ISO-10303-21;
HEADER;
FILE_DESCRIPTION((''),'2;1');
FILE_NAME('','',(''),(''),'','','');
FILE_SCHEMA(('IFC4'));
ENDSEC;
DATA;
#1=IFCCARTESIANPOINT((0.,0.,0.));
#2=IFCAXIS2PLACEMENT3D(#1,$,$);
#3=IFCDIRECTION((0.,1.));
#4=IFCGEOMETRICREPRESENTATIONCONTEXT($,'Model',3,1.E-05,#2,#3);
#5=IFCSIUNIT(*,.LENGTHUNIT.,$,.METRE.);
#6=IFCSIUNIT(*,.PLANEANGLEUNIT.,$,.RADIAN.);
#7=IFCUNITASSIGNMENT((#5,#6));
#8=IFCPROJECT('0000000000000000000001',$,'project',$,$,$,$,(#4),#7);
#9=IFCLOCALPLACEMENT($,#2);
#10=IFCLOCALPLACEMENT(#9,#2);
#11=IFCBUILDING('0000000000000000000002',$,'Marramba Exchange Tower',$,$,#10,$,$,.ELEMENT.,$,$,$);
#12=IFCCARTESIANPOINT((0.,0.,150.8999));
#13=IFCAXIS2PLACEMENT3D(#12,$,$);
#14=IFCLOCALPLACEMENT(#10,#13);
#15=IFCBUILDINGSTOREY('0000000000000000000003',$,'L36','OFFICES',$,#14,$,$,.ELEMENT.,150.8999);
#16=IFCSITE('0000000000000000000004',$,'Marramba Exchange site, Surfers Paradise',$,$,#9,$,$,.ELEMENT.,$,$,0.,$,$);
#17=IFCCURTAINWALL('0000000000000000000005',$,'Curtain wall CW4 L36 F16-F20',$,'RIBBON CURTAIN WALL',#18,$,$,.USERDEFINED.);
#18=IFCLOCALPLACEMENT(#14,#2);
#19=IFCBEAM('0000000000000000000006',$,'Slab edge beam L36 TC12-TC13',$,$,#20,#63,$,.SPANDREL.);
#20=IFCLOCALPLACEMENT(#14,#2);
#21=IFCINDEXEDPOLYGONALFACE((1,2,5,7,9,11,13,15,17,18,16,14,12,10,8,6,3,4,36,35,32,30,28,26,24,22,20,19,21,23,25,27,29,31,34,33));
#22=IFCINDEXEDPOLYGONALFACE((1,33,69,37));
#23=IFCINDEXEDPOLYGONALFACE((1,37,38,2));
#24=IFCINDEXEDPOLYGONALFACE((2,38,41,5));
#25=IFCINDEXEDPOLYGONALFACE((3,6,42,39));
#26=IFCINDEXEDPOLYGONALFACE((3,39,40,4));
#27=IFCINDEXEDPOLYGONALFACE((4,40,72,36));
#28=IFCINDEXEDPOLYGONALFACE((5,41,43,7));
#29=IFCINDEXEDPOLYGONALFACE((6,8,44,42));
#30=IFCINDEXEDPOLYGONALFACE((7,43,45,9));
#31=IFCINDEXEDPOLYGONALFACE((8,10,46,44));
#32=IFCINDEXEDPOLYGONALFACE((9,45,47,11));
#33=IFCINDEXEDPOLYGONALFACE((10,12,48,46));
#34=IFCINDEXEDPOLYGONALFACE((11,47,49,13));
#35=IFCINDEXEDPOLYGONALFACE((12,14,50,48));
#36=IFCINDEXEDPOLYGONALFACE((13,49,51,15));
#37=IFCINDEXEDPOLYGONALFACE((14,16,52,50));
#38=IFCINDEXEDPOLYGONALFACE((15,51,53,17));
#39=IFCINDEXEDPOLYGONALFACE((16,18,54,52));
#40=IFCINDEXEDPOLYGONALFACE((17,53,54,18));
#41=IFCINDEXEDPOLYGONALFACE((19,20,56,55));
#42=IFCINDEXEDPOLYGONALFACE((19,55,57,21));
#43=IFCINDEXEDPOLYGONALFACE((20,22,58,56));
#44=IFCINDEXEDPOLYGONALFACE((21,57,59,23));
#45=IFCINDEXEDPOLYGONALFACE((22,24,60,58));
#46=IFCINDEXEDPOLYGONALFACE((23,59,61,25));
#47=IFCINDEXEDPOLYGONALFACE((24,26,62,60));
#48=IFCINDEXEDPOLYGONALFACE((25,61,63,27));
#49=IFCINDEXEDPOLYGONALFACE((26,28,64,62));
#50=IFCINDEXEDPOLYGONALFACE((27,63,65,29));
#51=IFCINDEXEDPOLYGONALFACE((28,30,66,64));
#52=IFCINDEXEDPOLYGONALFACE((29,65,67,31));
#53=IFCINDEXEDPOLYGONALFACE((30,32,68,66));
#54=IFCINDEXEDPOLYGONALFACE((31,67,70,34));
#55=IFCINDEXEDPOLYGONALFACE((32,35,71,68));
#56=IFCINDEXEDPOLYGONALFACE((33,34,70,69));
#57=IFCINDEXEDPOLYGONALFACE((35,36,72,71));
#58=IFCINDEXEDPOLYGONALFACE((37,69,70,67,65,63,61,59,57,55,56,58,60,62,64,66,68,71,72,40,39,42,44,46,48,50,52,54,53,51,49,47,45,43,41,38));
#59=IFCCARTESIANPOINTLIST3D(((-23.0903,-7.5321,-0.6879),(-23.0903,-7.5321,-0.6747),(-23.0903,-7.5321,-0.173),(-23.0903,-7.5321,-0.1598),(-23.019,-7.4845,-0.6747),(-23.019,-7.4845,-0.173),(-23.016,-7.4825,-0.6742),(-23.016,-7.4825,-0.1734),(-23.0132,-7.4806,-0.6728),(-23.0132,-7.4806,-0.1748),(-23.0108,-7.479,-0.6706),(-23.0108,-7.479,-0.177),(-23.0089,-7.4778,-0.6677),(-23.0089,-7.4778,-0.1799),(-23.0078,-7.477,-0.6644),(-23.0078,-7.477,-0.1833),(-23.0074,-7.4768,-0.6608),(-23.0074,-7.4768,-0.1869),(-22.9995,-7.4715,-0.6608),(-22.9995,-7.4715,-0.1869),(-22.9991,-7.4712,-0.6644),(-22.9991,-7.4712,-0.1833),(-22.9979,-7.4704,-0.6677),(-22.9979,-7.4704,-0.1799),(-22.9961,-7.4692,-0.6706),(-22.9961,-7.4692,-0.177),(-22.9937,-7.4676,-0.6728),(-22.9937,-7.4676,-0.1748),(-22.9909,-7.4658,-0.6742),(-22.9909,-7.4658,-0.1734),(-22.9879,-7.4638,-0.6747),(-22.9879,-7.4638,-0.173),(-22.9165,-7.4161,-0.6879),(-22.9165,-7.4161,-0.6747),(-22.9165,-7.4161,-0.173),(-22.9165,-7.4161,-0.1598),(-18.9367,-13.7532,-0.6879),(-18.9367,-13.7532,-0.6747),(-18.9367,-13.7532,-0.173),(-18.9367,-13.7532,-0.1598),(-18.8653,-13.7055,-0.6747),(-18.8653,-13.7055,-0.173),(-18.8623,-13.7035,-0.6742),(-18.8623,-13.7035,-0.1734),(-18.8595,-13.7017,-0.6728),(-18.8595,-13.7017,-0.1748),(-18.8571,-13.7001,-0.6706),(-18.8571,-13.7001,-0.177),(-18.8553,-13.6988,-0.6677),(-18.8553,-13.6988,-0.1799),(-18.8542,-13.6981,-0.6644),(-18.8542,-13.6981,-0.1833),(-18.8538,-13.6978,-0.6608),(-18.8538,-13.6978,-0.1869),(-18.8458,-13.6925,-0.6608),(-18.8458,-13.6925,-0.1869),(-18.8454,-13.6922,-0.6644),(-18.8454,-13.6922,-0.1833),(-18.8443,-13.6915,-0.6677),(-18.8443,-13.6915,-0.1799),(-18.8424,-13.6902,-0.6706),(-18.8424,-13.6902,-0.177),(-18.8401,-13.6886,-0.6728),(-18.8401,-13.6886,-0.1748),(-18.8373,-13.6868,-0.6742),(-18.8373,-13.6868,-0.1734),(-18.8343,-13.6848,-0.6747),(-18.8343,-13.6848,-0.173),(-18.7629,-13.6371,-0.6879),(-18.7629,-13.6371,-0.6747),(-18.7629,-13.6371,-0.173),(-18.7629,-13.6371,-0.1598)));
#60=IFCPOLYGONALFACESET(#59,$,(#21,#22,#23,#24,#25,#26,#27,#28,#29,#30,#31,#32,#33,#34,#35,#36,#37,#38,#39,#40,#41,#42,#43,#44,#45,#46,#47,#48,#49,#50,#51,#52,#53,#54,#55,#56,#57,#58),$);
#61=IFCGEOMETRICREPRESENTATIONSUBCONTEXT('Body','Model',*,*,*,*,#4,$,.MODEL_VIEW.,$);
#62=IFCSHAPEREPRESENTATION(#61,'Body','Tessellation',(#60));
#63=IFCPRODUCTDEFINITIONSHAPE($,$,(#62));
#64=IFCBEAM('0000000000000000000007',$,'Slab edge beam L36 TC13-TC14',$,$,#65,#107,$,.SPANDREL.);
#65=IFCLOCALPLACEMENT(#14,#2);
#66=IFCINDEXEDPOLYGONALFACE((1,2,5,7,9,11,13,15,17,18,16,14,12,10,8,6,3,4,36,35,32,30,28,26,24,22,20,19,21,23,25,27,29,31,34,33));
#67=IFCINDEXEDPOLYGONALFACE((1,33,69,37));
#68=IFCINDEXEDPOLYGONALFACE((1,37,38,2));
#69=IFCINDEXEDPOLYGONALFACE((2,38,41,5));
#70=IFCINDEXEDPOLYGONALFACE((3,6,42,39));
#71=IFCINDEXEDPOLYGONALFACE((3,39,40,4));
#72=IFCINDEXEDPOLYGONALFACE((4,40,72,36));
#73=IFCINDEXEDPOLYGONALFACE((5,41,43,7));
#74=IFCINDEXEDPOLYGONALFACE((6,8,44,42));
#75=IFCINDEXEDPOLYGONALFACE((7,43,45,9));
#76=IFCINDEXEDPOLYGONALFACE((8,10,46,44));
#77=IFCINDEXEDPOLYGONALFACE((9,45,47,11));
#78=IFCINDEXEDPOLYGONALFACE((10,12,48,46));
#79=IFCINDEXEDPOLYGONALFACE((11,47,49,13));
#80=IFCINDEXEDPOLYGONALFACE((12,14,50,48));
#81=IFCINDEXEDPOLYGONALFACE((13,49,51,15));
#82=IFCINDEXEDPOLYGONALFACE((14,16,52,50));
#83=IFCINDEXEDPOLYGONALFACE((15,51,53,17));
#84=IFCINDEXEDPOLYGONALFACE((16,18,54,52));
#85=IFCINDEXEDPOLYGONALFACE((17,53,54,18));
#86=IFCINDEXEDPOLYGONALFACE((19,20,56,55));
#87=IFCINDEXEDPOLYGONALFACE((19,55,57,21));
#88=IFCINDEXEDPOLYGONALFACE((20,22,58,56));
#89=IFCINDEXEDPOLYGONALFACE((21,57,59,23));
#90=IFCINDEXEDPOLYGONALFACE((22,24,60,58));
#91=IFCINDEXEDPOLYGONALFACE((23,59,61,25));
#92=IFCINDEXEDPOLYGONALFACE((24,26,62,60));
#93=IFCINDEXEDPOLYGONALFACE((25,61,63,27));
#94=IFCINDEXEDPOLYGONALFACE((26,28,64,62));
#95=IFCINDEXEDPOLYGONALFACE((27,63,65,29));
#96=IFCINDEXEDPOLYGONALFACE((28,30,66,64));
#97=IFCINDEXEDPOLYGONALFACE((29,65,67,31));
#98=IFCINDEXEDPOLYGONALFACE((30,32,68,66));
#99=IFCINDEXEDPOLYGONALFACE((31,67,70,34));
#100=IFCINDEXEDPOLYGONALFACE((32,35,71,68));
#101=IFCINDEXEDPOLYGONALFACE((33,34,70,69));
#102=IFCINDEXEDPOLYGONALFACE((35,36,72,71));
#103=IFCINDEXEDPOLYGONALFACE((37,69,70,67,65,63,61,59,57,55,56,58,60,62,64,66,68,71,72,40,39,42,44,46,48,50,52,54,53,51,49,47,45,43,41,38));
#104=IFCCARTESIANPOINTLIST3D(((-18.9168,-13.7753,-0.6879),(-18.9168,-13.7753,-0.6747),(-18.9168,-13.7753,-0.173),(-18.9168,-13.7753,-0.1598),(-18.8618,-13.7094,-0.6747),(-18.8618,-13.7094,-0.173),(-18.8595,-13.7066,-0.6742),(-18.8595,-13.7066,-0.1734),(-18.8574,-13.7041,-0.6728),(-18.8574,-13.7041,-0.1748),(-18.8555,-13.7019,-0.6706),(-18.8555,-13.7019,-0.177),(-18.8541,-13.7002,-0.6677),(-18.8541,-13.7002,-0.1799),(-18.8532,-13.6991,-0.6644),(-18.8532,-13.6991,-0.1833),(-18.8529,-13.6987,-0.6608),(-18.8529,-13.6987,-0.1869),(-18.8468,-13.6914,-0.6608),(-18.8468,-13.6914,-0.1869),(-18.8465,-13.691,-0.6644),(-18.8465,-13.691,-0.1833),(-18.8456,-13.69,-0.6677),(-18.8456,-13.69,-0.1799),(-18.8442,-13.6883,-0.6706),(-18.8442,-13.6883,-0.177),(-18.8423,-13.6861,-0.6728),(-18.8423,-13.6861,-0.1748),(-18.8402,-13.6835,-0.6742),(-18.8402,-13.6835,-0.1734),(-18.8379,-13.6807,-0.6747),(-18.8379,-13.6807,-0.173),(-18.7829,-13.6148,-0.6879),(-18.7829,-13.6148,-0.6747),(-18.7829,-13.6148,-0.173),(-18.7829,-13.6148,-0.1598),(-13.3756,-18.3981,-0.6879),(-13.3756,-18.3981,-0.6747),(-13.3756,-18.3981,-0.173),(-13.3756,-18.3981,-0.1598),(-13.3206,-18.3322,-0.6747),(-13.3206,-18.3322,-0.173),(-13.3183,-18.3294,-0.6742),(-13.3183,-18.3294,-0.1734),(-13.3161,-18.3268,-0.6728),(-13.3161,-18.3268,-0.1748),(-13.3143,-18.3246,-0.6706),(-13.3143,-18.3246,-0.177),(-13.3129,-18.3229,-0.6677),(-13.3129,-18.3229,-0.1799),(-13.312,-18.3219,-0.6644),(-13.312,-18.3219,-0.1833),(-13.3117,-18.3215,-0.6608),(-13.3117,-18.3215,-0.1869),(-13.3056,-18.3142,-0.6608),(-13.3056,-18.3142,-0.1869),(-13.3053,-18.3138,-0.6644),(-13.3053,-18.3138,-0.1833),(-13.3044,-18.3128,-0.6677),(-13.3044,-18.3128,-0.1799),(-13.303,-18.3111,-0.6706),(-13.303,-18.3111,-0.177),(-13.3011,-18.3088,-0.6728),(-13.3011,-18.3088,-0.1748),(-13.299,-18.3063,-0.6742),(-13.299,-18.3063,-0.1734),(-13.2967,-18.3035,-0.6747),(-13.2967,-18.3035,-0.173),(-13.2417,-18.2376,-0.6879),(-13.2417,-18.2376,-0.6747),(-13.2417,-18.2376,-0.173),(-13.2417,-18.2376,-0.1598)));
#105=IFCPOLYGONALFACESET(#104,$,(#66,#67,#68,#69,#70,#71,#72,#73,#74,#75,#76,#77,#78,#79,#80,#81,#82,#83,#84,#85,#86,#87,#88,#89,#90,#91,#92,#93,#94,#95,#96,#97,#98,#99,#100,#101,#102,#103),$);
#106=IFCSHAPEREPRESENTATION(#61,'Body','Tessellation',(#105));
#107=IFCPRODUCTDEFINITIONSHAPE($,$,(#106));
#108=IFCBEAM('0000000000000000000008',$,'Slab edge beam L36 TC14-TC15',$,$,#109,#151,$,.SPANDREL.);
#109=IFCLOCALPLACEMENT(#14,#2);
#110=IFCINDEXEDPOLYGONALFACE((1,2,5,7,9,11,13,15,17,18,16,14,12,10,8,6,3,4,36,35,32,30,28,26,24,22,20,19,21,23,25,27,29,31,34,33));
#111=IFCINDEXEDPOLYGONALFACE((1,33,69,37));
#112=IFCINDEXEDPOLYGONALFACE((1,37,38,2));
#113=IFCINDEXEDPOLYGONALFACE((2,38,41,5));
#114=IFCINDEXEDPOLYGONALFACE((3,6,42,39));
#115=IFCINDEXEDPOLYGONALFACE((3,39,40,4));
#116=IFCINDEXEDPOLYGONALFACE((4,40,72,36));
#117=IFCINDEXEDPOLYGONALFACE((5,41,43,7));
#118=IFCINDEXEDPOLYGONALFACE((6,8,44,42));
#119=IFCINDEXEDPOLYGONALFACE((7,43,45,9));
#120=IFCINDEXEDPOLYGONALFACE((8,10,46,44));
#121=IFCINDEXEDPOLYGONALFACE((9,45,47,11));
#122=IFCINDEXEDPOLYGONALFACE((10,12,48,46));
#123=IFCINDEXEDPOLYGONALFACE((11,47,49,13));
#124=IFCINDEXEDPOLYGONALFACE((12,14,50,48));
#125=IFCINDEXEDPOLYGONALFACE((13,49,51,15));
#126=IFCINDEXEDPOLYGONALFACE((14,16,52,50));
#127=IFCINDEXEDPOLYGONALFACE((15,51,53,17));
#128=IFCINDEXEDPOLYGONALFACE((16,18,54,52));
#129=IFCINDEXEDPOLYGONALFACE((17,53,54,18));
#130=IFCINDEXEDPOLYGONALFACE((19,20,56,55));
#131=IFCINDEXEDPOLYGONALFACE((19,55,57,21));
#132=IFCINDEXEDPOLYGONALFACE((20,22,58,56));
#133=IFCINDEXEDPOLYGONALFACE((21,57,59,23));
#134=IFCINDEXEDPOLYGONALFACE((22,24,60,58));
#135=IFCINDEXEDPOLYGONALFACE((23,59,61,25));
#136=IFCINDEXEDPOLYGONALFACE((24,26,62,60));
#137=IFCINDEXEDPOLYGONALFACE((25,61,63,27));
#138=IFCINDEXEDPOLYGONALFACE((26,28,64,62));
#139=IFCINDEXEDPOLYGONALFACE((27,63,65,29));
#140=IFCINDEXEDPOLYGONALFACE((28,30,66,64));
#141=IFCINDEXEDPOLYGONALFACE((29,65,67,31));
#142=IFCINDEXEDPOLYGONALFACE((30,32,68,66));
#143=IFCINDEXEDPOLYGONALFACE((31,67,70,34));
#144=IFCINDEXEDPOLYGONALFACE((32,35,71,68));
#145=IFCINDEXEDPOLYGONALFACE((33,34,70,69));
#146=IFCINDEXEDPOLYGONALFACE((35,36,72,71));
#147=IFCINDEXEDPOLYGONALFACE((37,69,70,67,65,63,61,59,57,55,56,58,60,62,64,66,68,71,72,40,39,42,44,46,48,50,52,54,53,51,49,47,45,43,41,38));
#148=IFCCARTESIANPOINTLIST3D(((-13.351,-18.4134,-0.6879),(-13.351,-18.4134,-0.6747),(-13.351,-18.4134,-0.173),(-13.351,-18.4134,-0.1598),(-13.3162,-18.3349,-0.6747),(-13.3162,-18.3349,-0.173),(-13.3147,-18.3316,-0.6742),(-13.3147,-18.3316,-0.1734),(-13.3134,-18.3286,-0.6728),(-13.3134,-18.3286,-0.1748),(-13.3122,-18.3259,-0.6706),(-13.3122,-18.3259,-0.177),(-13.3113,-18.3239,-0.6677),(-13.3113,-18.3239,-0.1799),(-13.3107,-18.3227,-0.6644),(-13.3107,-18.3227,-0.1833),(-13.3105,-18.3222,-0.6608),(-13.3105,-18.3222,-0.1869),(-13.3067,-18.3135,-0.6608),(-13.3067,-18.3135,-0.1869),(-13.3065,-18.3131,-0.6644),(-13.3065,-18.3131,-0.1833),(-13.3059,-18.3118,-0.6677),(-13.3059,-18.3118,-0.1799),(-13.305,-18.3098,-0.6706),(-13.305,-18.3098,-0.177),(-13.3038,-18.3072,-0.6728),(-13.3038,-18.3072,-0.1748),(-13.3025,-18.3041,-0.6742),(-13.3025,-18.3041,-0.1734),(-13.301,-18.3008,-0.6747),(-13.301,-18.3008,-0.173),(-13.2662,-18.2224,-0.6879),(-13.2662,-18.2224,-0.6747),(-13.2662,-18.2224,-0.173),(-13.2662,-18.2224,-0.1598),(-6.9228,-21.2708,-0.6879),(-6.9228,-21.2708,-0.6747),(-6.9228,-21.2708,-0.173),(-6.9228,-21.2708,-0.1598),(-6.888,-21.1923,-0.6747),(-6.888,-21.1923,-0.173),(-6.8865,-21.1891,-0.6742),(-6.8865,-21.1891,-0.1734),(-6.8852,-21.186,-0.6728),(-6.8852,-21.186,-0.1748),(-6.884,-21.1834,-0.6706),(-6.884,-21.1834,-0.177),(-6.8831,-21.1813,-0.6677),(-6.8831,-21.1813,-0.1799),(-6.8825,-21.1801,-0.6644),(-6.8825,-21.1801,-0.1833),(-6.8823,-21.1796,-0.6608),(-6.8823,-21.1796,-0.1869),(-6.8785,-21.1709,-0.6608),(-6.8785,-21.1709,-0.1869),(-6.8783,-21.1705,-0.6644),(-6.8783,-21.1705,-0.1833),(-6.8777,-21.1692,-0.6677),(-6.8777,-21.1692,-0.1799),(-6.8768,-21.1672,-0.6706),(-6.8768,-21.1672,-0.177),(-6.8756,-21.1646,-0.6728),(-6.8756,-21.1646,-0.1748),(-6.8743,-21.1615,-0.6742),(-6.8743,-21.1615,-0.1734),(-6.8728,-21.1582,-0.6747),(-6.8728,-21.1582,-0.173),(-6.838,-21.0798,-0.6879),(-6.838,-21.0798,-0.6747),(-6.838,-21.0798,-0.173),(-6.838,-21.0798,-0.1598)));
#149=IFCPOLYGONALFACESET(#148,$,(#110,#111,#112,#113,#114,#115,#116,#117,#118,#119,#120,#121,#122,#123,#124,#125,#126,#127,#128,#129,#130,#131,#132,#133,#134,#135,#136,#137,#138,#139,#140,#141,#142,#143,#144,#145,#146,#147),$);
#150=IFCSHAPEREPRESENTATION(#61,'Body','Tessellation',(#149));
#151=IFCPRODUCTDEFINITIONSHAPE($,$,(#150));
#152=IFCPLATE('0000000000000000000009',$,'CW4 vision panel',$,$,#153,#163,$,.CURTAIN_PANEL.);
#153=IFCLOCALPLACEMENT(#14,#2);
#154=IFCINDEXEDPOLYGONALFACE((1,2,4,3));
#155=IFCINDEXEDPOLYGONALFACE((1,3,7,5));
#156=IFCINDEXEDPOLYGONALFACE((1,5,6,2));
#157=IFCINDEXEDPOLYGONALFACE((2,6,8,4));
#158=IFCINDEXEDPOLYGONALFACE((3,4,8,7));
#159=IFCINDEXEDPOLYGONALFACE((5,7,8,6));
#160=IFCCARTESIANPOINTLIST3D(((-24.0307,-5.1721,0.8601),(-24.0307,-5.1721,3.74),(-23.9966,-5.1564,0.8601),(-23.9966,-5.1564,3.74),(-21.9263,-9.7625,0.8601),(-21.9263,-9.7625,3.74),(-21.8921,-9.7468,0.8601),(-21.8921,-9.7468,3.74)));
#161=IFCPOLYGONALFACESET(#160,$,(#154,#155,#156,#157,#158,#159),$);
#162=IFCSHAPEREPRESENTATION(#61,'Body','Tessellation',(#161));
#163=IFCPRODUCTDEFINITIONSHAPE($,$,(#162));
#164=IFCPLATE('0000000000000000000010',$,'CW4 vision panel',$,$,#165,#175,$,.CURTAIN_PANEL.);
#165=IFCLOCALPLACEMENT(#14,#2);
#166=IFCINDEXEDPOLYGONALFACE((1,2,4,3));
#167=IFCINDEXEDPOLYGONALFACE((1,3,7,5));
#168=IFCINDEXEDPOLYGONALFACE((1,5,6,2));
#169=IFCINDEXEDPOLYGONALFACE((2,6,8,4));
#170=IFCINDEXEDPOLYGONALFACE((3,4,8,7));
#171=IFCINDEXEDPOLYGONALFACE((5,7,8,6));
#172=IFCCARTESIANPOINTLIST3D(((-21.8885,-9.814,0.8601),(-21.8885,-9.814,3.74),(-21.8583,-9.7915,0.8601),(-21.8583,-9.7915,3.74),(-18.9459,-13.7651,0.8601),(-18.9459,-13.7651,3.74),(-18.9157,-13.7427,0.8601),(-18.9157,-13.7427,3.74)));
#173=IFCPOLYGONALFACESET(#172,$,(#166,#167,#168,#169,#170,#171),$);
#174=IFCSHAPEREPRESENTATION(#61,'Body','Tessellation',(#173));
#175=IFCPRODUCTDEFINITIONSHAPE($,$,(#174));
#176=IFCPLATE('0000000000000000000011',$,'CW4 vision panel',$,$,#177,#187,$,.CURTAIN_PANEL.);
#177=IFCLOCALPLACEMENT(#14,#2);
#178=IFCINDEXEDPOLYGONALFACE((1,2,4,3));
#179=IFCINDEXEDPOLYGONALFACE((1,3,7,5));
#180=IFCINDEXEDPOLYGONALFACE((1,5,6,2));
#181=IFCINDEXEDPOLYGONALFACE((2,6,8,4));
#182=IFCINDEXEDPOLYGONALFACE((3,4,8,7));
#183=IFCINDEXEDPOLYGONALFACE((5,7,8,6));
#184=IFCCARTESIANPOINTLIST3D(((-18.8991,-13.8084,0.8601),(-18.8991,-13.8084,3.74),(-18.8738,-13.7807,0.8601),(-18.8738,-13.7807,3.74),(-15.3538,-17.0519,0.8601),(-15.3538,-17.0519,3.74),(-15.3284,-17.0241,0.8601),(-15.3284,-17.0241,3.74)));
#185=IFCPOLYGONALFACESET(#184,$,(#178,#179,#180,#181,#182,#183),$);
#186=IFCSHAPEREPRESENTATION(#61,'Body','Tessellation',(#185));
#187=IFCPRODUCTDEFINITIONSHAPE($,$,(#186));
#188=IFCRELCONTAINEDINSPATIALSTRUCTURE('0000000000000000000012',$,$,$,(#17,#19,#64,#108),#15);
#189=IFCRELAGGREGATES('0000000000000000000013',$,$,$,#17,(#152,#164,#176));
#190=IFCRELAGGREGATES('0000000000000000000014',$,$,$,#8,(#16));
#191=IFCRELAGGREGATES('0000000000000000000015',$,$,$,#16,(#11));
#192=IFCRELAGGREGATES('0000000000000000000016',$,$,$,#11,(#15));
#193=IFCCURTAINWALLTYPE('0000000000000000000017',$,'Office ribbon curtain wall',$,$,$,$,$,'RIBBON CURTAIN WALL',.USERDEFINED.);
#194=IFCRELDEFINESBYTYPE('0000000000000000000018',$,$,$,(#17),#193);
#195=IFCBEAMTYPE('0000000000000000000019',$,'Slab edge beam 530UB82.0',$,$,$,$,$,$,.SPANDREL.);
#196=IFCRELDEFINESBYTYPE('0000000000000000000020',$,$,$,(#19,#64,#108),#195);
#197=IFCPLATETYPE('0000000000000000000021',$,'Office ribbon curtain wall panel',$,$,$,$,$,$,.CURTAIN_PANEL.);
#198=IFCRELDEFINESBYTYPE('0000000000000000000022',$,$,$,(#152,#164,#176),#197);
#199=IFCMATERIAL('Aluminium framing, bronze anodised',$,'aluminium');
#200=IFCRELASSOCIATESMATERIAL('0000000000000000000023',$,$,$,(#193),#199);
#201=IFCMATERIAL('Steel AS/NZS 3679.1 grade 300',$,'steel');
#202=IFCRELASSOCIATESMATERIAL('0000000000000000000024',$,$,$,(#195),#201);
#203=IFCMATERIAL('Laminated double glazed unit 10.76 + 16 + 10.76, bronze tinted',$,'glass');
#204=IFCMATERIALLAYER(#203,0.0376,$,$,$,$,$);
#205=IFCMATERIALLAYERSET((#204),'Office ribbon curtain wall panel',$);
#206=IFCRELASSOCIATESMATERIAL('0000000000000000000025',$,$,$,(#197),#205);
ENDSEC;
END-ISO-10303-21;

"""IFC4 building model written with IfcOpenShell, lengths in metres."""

from ifc_helpers import new_model, si_unit, direction, frame, origin, origin_2d, place, context, subcontext, project, spatial, rectangle, i_section, extrude, material, layer, layer_set, material_profile, profile_set, type_object, element, aggregate, save


model = new_model("IFC4")

# Units and contexts
model_context = context("Model", 3, precision=1e-05, world=origin(), true_north=direction((0.0, 1.0)))
body_context = subcontext(model_context, "Body", "Model", "MODEL_VIEW")
ifc_project = project(units=[si_unit("LENGTHUNIT", "METRE"), si_unit("PLANEANGLEUNIT", "RADIAN")], contexts=[model_context])

# Site, building, storey
site_placement = place(None, origin())
site = spatial("IfcSite", under=ifc_project, at=site_placement, Name="Marramba Exchange site, Surfers Paradise", CompositionType="ELEMENT", RefElevation=0.0)
building_placement = place(site_placement, origin())
building = spatial("IfcBuilding", under=site, at=building_placement, Name="Marramba Exchange Tower", CompositionType="ELEMENT")
storey_placement = place(building_placement, frame((0.0, 0.0, 150.8999)))
storey = spatial("IfcBuildingStorey", under=building, at=storey_placement, Name="L36", Description="OFFICES", CompositionType="ELEMENT", Elevation=150.8999)

# Curtain wall
ifc_material_1 = material(Name="Aluminium framing, bronze anodised", Category="aluminium")
curtain_wall_type = type_object("IfcCurtainWallType", Name="Office ribbon curtain wall", ElementType="RIBBON CURTAIN WALL", PredefinedType="USERDEFINED", material=ifc_material_1)
curtain_wall_placement = place(storey_placement, origin())
curtain_wall = element("IfcCurtainWall", 1, at=curtain_wall_placement, inside=storey, type_object=curtain_wall_type, Name="Curtain wall CW4 L36 F16-F20", ObjectType="RIBBON CURTAIN WALL", PredefinedType="USERDEFINED")

# Beams
ifc_material_2 = material(Name="Steel AS/NZS 3679.1 grade 300", Category="steel")
ifc_material_profile_1 = material_profile(ifc_material_2, i_section(OverallWidth=0.209, OverallDepth=0.5281, WebThickness=0.0095, FlangeThickness=0.0132, FilletRadius=0.0139, at=origin_2d()), Name="530UB82.0")
ifc_profile_set_1 = profile_set([ifc_material_profile_1], Name="Steel AS/NZS 3679.1 grade 300")
beam_type_1 = type_object("IfcBeamType", Name="Slab edge beam 530UB82.0", PredefinedType="SPANDREL", material=ifc_profile_set_1)
beam_1_placement = place(storey_placement, frame((-23.0034, -7.4741, -0.4238), z_axis=(0.55528, -0.831663, 0.0), x_axis=(0.831663, 0.55528, 0.0)))
element("IfcBeam", 2, at=beam_1_placement, inside=storey, type_object=beam_type_1, Name="Slab edge beam L36 TC12-TC13", PredefinedType="SPANDREL", context=body_context, shape_type="SweptSolid", body=[
    extrude(i_section(OverallWidth=0.209, OverallDepth=0.5281, WebThickness=0.0095, FlangeThickness=0.0132, FilletRadius=0.0139, at=origin_2d()), origin(), (0.0, 0.0, 1.0), 7.4802),
])
beam_2_placement = place(storey_placement, frame((-18.8499, -13.6951, -0.4238), z_axis=(0.767875, -0.6406, 0.0), x_axis=(0.6406, 0.767875, 0.0)))
element("IfcBeam", 3, at=beam_2_placement, inside=storey, type_object=beam_type_1, Name="Slab edge beam L36 TC13-TC14", PredefinedType="SPANDREL", context=body_context, shape_type="SweptSolid", body=[
    extrude(i_section(OverallWidth=0.209, OverallDepth=0.5281, WebThickness=0.0095, FlangeThickness=0.0132, FilletRadius=0.0139, at=origin_2d()), origin(), (0.0, 0.0, 1.0), 7.2163),
])
beam_3_placement = place(storey_placement, frame((-13.3086, -18.3179, -0.4238), z_axis=(0.913789, -0.40619, 0.0), x_axis=(0.40619, 0.913789, 0.0)))
element("IfcBeam", 4, at=beam_3_placement, inside=storey, type_object=beam_type_1, Name="Slab edge beam L36 TC14-TC15", PredefinedType="SPANDREL", context=body_context, shape_type="SweptSolid", body=[
    extrude(i_section(OverallWidth=0.209, OverallDepth=0.5281, WebThickness=0.0095, FlangeThickness=0.0132, FilletRadius=0.0139, at=origin_2d()), origin(), (0.0, 0.0, 1.0), 7.0347),
])

# Plates
ifc_material_3 = material(Name="Laminated double glazed unit 10.76 + 16 + 10.76, bronze tinted", Category="glass")
ifc_layer_1 = layer(ifc_material_3, 0.0376)
ifc_layer_set_1 = layer_set([ifc_layer_1], Name="Office ribbon curtain wall panel")
plate_type = type_object("IfcPlateType", Name="Office ribbon curtain wall panel", PredefinedType="CURTAIN_PANEL", material=ifc_layer_set_1)
plate_1_placement = place(storey_placement, frame((-22.9614, -7.4595, 0.8601), z_axis=(0.0, 0.0, 1.0), x_axis=(0.416738, -0.909027, 0.0)))
plate_1 = element("IfcPlate", 5, at=plate_1_placement, type_object=plate_type, Name="CW4 vision panel", PredefinedType="CURTAIN_PANEL", context=body_context, shape_type="SweptSolid", body=[
    extrude(rectangle(XDim=5.0498, YDim=0.0376, at=origin_2d()), origin(), (0.0, 0.0, 1.0), 2.8799),
])
plate_2_placement = place(storey_placement, frame((-20.4021, -11.7783, 0.8601), z_axis=(0.0, 0.0, 1.0), x_axis=(0.597305, -0.802014, 0.0)))
plate_2 = element("IfcPlate", 6, at=plate_2_placement, type_object=plate_type, Name="CW4 vision panel", PredefinedType="CURTAIN_PANEL", context=body_context, shape_type="SweptSolid", body=[
    extrude(rectangle(XDim=4.9265, YDim=0.0376, at=origin_2d()), origin(), (0.0, 0.0, 1.0), 2.8799),
])
plate_3_placement = place(storey_placement, frame((-17.1138, -15.4163, 0.8601), z_axis=(0.0, 0.0, 1.0), x_axis=(0.737822, -0.674995, 0.0)))
plate_3 = element("IfcPlate", 7, at=plate_3_placement, type_object=plate_type, Name="CW4 vision panel", PredefinedType="CURTAIN_PANEL", context=body_context, shape_type="SweptSolid", body=[
    extrude(rectangle(XDim=4.8052, YDim=0.0376, at=origin_2d()), origin(), (0.0, 0.0, 1.0), 2.8799),
])
aggregate(curtain_wall, [plate_1, plate_2, plate_3])

save(model, "model.ifc")
